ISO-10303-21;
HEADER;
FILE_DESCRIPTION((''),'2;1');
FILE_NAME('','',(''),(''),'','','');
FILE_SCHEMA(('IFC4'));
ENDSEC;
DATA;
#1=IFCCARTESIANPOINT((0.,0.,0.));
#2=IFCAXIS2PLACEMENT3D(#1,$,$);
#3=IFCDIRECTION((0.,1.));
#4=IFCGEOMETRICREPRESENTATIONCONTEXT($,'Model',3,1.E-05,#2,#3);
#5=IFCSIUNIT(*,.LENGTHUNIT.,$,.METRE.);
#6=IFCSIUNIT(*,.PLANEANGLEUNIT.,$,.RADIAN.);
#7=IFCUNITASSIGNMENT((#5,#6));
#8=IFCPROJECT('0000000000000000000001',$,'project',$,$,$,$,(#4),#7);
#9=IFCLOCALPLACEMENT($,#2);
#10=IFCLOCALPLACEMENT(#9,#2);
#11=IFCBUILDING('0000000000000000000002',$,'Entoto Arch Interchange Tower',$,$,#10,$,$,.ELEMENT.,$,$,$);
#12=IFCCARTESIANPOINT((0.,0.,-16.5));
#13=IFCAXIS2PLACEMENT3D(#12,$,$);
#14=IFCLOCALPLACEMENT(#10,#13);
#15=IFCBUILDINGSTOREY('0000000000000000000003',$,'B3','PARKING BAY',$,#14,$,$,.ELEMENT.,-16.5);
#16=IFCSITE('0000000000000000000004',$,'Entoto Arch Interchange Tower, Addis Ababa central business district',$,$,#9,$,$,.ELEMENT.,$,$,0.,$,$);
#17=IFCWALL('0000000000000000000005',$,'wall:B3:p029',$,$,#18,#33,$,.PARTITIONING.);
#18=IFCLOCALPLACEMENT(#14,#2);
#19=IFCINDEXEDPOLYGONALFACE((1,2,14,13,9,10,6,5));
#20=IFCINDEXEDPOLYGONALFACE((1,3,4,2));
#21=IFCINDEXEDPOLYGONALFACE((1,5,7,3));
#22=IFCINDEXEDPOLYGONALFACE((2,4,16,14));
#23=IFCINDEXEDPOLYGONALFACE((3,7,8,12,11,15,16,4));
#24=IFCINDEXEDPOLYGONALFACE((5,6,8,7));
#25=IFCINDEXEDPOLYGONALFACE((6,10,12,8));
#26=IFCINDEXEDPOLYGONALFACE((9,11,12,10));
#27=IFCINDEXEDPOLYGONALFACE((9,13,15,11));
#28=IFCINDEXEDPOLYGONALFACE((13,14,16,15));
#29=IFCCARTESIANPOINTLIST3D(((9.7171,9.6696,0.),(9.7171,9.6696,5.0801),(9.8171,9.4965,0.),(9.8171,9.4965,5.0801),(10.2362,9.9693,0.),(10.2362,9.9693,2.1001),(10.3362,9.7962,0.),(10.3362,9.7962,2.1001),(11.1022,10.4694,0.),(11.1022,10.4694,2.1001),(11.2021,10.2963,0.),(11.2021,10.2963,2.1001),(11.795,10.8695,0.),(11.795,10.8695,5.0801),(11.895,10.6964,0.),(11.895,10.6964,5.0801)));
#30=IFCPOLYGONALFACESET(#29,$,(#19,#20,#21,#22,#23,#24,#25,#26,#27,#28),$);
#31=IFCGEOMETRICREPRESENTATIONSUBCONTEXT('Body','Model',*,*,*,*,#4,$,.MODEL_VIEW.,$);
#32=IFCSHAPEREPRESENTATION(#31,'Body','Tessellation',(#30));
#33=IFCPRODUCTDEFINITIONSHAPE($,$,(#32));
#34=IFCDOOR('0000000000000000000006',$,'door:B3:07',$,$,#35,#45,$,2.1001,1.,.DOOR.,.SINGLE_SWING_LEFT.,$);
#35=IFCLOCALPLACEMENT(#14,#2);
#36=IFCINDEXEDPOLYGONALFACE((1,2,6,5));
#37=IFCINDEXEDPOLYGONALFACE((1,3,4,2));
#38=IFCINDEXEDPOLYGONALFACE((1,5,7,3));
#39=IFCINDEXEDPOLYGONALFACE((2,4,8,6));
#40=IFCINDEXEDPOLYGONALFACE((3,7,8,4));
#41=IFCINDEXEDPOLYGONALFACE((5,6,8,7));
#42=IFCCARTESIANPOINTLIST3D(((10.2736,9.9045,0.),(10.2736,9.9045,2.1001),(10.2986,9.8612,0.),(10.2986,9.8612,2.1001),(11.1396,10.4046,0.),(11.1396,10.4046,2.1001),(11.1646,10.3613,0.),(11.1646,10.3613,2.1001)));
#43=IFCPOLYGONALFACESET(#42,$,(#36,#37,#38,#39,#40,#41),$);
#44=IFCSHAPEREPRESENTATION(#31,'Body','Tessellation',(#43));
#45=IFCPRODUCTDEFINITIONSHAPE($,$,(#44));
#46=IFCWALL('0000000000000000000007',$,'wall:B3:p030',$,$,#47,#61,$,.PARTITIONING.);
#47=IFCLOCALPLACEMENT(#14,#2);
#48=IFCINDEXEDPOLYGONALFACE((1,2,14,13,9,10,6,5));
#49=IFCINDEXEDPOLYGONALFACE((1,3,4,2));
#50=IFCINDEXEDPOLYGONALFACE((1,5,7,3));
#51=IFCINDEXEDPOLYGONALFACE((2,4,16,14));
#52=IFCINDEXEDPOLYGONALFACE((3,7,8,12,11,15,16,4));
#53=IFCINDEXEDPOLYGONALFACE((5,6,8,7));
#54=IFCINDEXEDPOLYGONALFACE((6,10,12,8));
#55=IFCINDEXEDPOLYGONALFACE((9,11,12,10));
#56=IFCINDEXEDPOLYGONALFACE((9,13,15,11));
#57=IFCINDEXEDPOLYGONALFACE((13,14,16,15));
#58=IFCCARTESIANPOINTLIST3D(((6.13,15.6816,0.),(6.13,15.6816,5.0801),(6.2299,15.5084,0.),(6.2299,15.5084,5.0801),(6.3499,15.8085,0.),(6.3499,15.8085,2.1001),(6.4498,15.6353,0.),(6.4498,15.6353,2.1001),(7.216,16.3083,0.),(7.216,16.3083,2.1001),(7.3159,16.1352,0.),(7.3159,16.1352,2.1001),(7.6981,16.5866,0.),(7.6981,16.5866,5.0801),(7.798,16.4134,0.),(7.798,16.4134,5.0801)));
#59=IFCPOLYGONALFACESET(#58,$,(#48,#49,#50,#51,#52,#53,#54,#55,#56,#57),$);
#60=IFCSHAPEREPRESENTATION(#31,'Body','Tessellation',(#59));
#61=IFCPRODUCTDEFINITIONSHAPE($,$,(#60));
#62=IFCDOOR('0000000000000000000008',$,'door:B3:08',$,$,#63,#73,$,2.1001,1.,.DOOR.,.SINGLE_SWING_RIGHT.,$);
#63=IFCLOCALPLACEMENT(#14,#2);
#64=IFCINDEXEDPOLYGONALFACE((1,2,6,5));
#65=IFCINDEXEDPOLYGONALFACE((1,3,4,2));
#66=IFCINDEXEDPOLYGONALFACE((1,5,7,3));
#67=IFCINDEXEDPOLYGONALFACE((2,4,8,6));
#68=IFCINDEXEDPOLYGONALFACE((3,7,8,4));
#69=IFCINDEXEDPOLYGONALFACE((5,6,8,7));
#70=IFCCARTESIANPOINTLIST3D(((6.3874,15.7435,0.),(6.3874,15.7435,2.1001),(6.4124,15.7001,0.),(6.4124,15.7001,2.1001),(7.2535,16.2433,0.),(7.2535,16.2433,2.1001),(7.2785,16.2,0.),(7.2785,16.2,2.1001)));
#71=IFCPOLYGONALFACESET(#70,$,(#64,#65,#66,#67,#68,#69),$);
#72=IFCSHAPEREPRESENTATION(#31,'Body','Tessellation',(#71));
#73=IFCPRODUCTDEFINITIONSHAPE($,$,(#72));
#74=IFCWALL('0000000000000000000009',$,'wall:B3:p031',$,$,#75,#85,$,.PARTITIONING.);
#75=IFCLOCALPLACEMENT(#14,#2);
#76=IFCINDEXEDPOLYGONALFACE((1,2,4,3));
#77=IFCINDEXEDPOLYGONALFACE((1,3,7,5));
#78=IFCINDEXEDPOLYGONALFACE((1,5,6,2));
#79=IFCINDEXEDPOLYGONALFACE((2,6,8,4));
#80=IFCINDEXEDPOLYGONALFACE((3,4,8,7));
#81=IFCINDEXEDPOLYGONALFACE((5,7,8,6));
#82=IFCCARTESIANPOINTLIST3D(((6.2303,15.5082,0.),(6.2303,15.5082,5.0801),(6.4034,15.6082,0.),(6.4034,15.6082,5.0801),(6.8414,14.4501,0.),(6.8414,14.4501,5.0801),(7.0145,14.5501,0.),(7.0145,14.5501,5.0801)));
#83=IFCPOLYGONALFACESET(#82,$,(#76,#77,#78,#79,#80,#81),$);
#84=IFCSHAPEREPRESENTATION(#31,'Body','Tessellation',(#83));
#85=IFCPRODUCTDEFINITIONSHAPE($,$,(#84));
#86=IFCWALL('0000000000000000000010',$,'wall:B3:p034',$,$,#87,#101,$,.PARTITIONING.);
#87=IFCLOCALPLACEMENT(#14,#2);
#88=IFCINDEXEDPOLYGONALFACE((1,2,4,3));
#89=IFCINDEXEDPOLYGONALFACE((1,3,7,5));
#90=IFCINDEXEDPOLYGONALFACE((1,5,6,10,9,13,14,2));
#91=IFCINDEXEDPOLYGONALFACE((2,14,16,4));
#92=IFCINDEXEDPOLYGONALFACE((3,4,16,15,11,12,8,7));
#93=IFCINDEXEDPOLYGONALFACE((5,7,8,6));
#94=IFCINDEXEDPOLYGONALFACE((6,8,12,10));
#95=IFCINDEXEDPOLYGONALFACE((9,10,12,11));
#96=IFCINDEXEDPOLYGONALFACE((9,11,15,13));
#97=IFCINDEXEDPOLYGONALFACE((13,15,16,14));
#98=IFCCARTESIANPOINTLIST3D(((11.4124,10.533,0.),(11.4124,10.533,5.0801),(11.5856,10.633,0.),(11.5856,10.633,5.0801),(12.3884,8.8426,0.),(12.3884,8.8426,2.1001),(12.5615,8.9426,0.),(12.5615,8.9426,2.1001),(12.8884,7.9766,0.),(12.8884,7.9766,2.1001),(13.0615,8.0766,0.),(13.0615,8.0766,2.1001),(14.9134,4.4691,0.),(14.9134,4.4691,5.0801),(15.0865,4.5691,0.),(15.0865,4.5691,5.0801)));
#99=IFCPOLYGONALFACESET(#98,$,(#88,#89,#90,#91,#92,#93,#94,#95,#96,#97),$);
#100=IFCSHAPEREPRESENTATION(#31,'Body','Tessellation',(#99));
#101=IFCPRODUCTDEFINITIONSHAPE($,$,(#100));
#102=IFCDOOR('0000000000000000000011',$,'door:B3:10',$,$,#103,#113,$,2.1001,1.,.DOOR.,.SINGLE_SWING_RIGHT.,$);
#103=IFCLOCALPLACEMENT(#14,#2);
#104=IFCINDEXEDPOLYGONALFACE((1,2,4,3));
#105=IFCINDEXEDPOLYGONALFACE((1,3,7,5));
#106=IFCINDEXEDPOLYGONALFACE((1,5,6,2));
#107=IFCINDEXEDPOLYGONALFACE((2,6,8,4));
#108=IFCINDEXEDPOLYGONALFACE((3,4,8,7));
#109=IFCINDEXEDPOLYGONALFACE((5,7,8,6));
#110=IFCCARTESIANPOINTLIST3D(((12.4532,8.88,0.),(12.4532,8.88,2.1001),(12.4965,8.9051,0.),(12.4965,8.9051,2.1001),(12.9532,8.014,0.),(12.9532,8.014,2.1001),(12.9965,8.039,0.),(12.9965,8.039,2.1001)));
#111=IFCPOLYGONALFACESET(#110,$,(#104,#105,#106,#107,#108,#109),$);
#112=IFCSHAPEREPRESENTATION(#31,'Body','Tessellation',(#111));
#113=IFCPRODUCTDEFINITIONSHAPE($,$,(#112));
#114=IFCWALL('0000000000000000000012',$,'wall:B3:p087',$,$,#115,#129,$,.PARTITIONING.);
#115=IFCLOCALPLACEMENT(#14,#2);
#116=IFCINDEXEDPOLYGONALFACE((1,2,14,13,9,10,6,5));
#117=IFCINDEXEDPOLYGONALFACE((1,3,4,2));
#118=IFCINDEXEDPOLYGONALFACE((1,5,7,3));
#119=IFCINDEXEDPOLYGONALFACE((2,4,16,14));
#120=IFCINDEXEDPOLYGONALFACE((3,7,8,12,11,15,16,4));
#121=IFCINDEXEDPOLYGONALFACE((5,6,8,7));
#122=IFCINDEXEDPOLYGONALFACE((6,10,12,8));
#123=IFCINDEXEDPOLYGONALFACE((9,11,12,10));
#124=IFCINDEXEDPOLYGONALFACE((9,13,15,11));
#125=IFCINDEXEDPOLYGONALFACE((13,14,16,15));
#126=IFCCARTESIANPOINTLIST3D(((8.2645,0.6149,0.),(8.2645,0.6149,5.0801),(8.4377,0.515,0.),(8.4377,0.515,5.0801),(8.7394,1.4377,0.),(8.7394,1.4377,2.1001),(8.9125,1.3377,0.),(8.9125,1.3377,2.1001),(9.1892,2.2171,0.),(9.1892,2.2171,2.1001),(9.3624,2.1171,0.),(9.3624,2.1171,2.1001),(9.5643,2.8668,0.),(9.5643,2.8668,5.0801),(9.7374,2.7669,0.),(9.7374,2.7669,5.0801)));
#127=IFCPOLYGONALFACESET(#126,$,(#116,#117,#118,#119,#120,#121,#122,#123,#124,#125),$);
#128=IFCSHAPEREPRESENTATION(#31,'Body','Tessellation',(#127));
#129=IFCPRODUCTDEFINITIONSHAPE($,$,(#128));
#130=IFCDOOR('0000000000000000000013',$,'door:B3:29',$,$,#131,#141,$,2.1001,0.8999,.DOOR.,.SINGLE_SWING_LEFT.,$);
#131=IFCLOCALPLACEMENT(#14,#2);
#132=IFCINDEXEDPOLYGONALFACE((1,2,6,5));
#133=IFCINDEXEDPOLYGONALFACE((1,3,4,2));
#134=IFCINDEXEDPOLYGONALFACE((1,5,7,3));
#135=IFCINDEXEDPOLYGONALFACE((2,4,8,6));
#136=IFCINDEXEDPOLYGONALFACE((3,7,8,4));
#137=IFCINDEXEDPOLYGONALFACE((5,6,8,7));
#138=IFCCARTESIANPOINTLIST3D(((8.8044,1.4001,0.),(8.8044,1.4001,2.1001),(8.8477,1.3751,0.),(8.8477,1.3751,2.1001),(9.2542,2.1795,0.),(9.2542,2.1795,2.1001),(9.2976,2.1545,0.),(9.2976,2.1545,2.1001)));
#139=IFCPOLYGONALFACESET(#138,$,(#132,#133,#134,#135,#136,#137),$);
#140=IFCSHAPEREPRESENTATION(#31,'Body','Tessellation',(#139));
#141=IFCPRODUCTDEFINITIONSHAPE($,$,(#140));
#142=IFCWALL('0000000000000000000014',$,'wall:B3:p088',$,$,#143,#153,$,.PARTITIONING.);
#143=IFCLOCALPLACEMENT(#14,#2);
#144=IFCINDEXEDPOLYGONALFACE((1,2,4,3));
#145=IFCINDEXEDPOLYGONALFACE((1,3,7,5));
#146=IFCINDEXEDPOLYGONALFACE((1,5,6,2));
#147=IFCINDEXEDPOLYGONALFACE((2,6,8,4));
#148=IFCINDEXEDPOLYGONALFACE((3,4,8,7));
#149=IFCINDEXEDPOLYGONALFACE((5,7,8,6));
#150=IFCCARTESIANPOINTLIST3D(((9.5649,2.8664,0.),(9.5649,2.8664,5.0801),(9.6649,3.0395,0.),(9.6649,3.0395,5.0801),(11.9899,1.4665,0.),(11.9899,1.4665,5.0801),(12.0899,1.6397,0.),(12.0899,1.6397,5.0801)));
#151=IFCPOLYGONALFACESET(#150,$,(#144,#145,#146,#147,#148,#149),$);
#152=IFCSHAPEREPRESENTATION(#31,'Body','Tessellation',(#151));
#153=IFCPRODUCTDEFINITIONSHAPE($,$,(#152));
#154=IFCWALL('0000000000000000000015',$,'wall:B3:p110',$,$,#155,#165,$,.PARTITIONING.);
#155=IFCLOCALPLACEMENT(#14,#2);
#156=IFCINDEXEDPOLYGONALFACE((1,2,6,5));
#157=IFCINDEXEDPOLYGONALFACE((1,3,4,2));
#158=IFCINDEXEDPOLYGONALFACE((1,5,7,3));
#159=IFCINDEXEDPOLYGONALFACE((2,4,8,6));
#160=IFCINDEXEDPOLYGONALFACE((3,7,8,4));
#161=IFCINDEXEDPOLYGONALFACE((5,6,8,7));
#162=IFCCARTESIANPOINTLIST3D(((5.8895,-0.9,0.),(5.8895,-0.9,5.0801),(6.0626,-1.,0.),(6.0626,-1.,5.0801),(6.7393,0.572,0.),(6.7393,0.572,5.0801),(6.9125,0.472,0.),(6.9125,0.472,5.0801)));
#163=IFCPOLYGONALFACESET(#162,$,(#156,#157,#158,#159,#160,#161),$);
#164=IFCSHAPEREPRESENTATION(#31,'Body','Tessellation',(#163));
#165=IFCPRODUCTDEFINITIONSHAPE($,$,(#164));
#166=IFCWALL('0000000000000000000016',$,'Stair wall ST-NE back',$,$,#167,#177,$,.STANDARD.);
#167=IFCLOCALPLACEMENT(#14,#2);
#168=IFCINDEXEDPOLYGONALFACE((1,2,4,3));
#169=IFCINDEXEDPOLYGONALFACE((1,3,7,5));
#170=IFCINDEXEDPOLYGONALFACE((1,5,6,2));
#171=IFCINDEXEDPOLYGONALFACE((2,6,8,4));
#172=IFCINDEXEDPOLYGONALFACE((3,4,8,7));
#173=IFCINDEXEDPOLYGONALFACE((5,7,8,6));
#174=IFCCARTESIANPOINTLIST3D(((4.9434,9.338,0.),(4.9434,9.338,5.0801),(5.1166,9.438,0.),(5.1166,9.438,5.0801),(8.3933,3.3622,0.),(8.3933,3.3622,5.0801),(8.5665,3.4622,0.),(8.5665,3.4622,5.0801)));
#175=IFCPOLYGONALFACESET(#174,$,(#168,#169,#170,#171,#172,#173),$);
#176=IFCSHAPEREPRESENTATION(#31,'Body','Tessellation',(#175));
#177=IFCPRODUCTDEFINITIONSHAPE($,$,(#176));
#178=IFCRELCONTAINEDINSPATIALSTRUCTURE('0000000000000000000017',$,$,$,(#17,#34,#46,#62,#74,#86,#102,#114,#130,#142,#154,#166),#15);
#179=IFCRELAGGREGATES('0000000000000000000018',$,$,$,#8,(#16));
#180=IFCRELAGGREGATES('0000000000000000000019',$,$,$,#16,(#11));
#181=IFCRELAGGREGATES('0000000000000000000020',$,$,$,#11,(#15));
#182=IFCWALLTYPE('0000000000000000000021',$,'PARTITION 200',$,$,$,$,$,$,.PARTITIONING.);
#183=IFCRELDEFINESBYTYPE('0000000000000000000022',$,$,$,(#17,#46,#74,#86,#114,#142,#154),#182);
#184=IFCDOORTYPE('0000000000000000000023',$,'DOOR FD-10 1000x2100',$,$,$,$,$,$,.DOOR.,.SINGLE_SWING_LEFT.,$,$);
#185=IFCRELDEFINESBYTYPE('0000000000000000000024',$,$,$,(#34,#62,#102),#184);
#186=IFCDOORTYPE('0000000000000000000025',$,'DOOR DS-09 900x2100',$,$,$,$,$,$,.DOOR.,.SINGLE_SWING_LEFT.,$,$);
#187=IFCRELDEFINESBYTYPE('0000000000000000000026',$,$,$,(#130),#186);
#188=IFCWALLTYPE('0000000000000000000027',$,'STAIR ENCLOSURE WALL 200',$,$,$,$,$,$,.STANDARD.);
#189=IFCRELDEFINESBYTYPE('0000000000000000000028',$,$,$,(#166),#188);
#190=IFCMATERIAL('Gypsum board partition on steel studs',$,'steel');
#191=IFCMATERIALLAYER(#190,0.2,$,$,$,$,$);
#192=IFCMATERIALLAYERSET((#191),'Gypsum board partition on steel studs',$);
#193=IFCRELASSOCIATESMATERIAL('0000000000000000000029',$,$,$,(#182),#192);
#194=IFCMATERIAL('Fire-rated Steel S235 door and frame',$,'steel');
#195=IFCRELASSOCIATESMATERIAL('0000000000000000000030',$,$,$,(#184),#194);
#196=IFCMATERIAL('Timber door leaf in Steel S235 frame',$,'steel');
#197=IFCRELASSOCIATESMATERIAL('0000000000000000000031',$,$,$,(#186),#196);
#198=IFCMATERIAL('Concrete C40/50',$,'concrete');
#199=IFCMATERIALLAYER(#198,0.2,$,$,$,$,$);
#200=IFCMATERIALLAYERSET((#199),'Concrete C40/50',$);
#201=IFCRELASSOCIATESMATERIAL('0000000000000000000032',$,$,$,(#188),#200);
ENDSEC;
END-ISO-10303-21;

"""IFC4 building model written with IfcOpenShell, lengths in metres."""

from ifc_helpers import new_model, si_unit, direction, frame, frame_2d, origin, place, context, subcontext, project, spatial, rectangle, extrude, material, layer, layer_set, type_object, element, fill, save


model = new_model("IFC4")

# Units and contexts
model_context = context("Model", 3, precision=1e-05, world=origin(), true_north=direction((0.0, 1.0)))
body_context = subcontext(model_context, "Body", "Model", "MODEL_VIEW")
ifc_project = project(units=[si_unit("LENGTHUNIT", "METRE"), si_unit("PLANEANGLEUNIT", "RADIAN")], contexts=[model_context])

# Site, building, storey
site_placement = place(None, origin())
site = spatial("IfcSite", under=ifc_project, at=site_placement, Name="Entoto Arch Interchange Tower, Addis Ababa central business district", CompositionType="ELEMENT", RefElevation=0.0)
building_placement = place(site_placement, origin())
building = spatial("IfcBuilding", under=site, at=building_placement, Name="Entoto Arch Interchange Tower", CompositionType="ELEMENT")
storey_placement = place(building_placement, frame((0.0, 0.0, -16.5)))
storey = spatial("IfcBuildingStorey", under=building, at=storey_placement, Name="B3", Description="PARKING BAY", CompositionType="ELEMENT", Elevation=-16.5)

# Walls, openings, doors
ifc_material_1 = material(Name="Fire-rated Steel S235 door and frame", Category="steel")
ifc_material_2 = material(Name="Gypsum board partition on steel studs", Category="steel")
ifc_layer_1 = layer(ifc_material_2, 0.2)
ifc_layer_set_1 = layer_set([ifc_layer_1], Name="Gypsum board partition on steel studs")
wall_type_1 = type_object("IfcWallType", Name="PARTITION 200", PredefinedType="PARTITIONING", material=ifc_layer_set_1)
wall_1_placement = place(storey_placement, frame((11.845, 10.783, 0.0), z_axis=(0.0, 0.0, 1.0), x_axis=(-0.865974, -0.500089, 0.0)))
wall_1 = element("IfcWall", 1, at=wall_1_placement, inside=storey, type_object=wall_type_1, Name="wall:B3:p029", PredefinedType="PARTITIONING", context=body_context, shape_type="SweptSolid", body=[
    extrude(rectangle(XDim=2.3994, YDim=0.2, at=frame_2d((1.1997, 0.0))), origin(), (0.0, 0.0, 1.0), 5.0801),
])
opening_1_placement = place(wall_1_placement, frame((0.8, 0.0, 0.0)))
opening_1 = element("IfcOpeningElement", 2, at=opening_1_placement, cuts=wall_1, PredefinedType="OPENING", context=body_context, shape_type="SweptSolid", body=[
    extrude(rectangle(XDim=1.0, YDim=2.1001, at=frame_2d((0.5, 1.05))), frame((0.0, 0.1099, 0.0), z_axis=(0.0, -1.0, 0.0), x_axis=(1.0, 0.0, 0.0)), (0.0, 0.0, 1.0), 0.22),
])
door_type_1 = type_object("IfcDoorType", Name="DOOR FD-10 1000x2100", OperationType="SINGLE_SWING_LEFT", PredefinedType="DOOR", material=ifc_material_1)
door_1_placement = place(opening_1_placement, origin())
door_1 = element("IfcDoor", 3, at=door_1_placement, inside=storey, type_object=door_type_1, Name="door:B3:07", OperationType="SINGLE_SWING_LEFT", OverallHeight=2.1001, OverallWidth=1.0, PredefinedType="DOOR", context=body_context, shape_type="SweptSolid", body=[
    extrude(rectangle(XDim=1.0, YDim=2.1001, at=frame_2d((0.5, 1.05))), frame((0.0, 0.0249, 0.0), z_axis=(0.0, -1.0, 0.0), x_axis=(1.0, 0.0, 0.0)), (0.0, 0.0, 1.0), 0.05),
])
fill(opening_1, door_1)
wall_2_placement = place(storey_placement, frame((6.1799, 15.595, 0.0), z_axis=(0.0, 0.0, 1.0), x_axis=(0.866103, 0.499866, 0.0)))
wall_2 = element("IfcWall", 4, at=wall_2_placement, inside=storey, type_object=wall_type_1, Name="wall:B3:p030", PredefinedType="PARTITIONING", context=body_context, shape_type="SweptSolid", body=[
    extrude(rectangle(XDim=1.8105, YDim=0.2, at=frame_2d((0.9053, 0.0))), origin(), (0.0, 0.0, 1.0), 5.0801),
])
opening_2_placement = place(wall_2_placement, frame((0.2539, 0.0, 0.0)))
opening_2 = element("IfcOpeningElement", 5, at=opening_2_placement, cuts=wall_2, PredefinedType="OPENING", context=body_context, shape_type="SweptSolid", body=[
    extrude(rectangle(XDim=1.0, YDim=2.1001, at=frame_2d((0.5, 1.05))), frame((0.0, 0.1099, 0.0), z_axis=(0.0, -1.0, 0.0), x_axis=(1.0, 0.0, 0.0)), (0.0, 0.0, 1.0), 0.22),
])
door_2_placement = place(opening_2_placement, origin())
door_2 = element("IfcDoor", 6, at=door_2_placement, inside=storey, type_object=door_type_1, Name="door:B3:08", OperationType="SINGLE_SWING_RIGHT", OverallHeight=2.1001, OverallWidth=1.0, PredefinedType="DOOR", context=body_context, shape_type="SweptSolid", body=[
    extrude(rectangle(XDim=1.0, YDim=2.1001, at=frame_2d((0.5, 1.05))), frame((0.0, 0.0249, 0.0), z_axis=(0.0, -1.0, 0.0), x_axis=(1.0, 0.0, 0.0)), (0.0, 0.0, 1.0), 0.05),
])
fill(opening_2, door_2)

# Wall
wall_3_placement = place(storey_placement, frame((6.3169, 15.5581, 0.0), z_axis=(0.0, 0.0, 1.0), x_axis=(0.500114, -0.865959, 0.0)))
element("IfcWall", 7, at=wall_3_placement, inside=storey, type_object=wall_type_1, Name="wall:B3:p031", PredefinedType="PARTITIONING", context=body_context, shape_type="SweptSolid", body=[
    extrude(rectangle(XDim=1.2219, YDim=0.2, at=frame_2d((0.6108, 0.0))), origin(), (0.0, 0.0, 1.0), 5.0801),
])

# Walls, openings, doors
wall_4_placement = place(storey_placement, frame((11.499, 10.583, 0.0), z_axis=(0.0, 0.0, 1.0), x_axis=(0.499994, -0.866029, 0.0)))
wall_4 = element("IfcWall", 8, at=wall_4_placement, inside=storey, type_object=wall_type_1, Name="wall:B3:p034", PredefinedType="PARTITIONING", context=body_context, shape_type="SweptSolid", body=[
    extrude(rectangle(XDim=7.002, YDim=0.2, at=frame_2d((3.501, 0.0))), origin(), (0.0, 0.0, 1.0), 5.0801),
])
opening_3_placement = place(wall_4_placement, frame((1.9519, 0.0, 0.0)))
opening_3 = element("IfcOpeningElement", 9, at=opening_3_placement, cuts=wall_4, PredefinedType="OPENING", context=body_context, shape_type="SweptSolid", body=[
    extrude(rectangle(XDim=1.0, YDim=2.1001, at=frame_2d((0.5, 1.05))), frame((0.0, 0.1099, 0.0), z_axis=(0.0, -1.0, 0.0), x_axis=(1.0, 0.0, 0.0)), (0.0, 0.0, 1.0), 0.22),
])
door_3_placement = place(opening_3_placement, origin())
door_3 = element("IfcDoor", 10, at=door_3_placement, inside=storey, type_object=door_type_1, Name="door:B3:10", OperationType="SINGLE_SWING_RIGHT", OverallHeight=2.1001, OverallWidth=1.0, PredefinedType="DOOR", context=body_context, shape_type="SweptSolid", body=[
    extrude(rectangle(XDim=1.0, YDim=2.1001, at=frame_2d((0.5, 1.05))), frame((0.0, 0.0249, 0.0), z_axis=(0.0, -1.0, 0.0), x_axis=(1.0, 0.0, 0.0)), (0.0, 0.0, 1.0), 0.05),
])
fill(opening_3, door_3)
wall_5_placement = place(storey_placement, frame((8.3511, 0.5649, 0.0), z_axis=(0.0, 0.0, 1.0), x_axis=(0.499896, 0.866086, 0.0)))
wall_5 = element("IfcWall", 11, at=wall_5_placement, inside=storey, type_object=wall_type_1, Name="wall:B3:p087", PredefinedType="PARTITIONING", context=body_context, shape_type="SweptSolid", body=[
    extrude(rectangle(XDim=2.6001, YDim=0.2, at=frame_2d((1.3, 0.0))), origin(), (0.0, 0.0, 1.0), 5.0801),
])
opening_4_placement = place(wall_5_placement, frame((0.95, 0.0, 0.0)))
opening_4 = element("IfcOpeningElement", 12, at=opening_4_placement, cuts=wall_5, PredefinedType="OPENING", context=body_context, shape_type="SweptSolid", body=[
    extrude(rectangle(XDim=0.8999, YDim=2.1001, at=frame_2d((0.45, 1.05))), frame((0.0, 0.1099, 0.0), z_axis=(0.0, -1.0, 0.0), x_axis=(1.0, 0.0, 0.0)), (0.0, 0.0, 1.0), 0.22),
])
ifc_material_3 = material(Name="Timber door leaf in Steel S235 frame", Category="steel")
door_type_2 = type_object("IfcDoorType", Name="DOOR DS-09 900x2100", OperationType="SINGLE_SWING_LEFT", PredefinedType="DOOR", material=ifc_material_3)
door_4_placement = place(opening_4_placement, origin())
door_4 = element("IfcDoor", 13, at=door_4_placement, inside=storey, type_object=door_type_2, Name="door:B3:29", OperationType="SINGLE_SWING_LEFT", OverallHeight=2.1001, OverallWidth=0.8999, PredefinedType="DOOR", context=body_context, shape_type="SweptSolid", body=[
    extrude(rectangle(XDim=0.8999, YDim=2.1001, at=frame_2d((0.45, 1.05))), frame((0.0, 0.0249, 0.0), z_axis=(0.0, -1.0, 0.0), x_axis=(1.0, 0.0, 0.0)), (0.0, 0.0, 1.0), 0.05),
])
fill(opening_4, door_4)

# Walls
wall_6_placement = place(storey_placement, frame((9.615, 2.9529, 0.0), z_axis=(0.0, 0.0, 1.0), x_axis=(0.866056, -0.499946, 0.0)))
element("IfcWall", 14, at=wall_6_placement, inside=storey, type_object=wall_type_1, Name="wall:B3:p088", PredefinedType="PARTITIONING", context=body_context, shape_type="SweptSolid", body=[
    extrude(rectangle(XDim=2.8, YDim=0.2, at=frame_2d((1.3999, 0.0))), origin(), (0.0, 0.0, 1.0), 5.0801),
])
wall_7_placement = place(storey_placement, frame((6.8259, 0.522, 0.0), z_axis=(0.0, 0.0, 1.0), x_axis=(-0.500017, -0.866016, 0.0)))
element("IfcWall", 15, at=wall_7_placement, inside=storey, type_object=wall_type_1, Name="wall:B3:p110", PredefinedType="PARTITIONING", context=body_context, shape_type="SweptSolid", body=[
    extrude(rectangle(XDim=1.6997, YDim=0.2, at=frame_2d((0.8499, 0.0))), origin(), (0.0, 0.0, 1.0), 5.0801),
])
ifc_material_4 = material(Name="Concrete C40/50", Category="concrete")
ifc_layer_2 = layer(ifc_material_4, 0.2)
ifc_layer_set_2 = layer_set([ifc_layer_2], Name="Concrete C40/50")
wall_type_2 = type_object("IfcWallType", Name="STAIR ENCLOSURE WALL 200", PredefinedType="STANDARD", material=ifc_layer_set_2)
wall_8_placement = place(storey_placement, frame((8.48, 3.4121, 0.0), z_axis=(0.0, 0.0, 1.0), x_axis=(-0.499979, 0.866038, 0.0)))
element("IfcWall", 16, at=wall_8_placement, inside=storey, type_object=wall_type_2, Name="Stair wall ST-NE back", PredefinedType="STANDARD", context=body_context, shape_type="SweptSolid", body=[
    extrude(rectangle(XDim=6.9001, YDim=0.2, at=frame_2d((3.4502, 0.0))), origin(), (0.0, 0.0, 1.0), 5.0801),
])

save(model, "model.ifc")
